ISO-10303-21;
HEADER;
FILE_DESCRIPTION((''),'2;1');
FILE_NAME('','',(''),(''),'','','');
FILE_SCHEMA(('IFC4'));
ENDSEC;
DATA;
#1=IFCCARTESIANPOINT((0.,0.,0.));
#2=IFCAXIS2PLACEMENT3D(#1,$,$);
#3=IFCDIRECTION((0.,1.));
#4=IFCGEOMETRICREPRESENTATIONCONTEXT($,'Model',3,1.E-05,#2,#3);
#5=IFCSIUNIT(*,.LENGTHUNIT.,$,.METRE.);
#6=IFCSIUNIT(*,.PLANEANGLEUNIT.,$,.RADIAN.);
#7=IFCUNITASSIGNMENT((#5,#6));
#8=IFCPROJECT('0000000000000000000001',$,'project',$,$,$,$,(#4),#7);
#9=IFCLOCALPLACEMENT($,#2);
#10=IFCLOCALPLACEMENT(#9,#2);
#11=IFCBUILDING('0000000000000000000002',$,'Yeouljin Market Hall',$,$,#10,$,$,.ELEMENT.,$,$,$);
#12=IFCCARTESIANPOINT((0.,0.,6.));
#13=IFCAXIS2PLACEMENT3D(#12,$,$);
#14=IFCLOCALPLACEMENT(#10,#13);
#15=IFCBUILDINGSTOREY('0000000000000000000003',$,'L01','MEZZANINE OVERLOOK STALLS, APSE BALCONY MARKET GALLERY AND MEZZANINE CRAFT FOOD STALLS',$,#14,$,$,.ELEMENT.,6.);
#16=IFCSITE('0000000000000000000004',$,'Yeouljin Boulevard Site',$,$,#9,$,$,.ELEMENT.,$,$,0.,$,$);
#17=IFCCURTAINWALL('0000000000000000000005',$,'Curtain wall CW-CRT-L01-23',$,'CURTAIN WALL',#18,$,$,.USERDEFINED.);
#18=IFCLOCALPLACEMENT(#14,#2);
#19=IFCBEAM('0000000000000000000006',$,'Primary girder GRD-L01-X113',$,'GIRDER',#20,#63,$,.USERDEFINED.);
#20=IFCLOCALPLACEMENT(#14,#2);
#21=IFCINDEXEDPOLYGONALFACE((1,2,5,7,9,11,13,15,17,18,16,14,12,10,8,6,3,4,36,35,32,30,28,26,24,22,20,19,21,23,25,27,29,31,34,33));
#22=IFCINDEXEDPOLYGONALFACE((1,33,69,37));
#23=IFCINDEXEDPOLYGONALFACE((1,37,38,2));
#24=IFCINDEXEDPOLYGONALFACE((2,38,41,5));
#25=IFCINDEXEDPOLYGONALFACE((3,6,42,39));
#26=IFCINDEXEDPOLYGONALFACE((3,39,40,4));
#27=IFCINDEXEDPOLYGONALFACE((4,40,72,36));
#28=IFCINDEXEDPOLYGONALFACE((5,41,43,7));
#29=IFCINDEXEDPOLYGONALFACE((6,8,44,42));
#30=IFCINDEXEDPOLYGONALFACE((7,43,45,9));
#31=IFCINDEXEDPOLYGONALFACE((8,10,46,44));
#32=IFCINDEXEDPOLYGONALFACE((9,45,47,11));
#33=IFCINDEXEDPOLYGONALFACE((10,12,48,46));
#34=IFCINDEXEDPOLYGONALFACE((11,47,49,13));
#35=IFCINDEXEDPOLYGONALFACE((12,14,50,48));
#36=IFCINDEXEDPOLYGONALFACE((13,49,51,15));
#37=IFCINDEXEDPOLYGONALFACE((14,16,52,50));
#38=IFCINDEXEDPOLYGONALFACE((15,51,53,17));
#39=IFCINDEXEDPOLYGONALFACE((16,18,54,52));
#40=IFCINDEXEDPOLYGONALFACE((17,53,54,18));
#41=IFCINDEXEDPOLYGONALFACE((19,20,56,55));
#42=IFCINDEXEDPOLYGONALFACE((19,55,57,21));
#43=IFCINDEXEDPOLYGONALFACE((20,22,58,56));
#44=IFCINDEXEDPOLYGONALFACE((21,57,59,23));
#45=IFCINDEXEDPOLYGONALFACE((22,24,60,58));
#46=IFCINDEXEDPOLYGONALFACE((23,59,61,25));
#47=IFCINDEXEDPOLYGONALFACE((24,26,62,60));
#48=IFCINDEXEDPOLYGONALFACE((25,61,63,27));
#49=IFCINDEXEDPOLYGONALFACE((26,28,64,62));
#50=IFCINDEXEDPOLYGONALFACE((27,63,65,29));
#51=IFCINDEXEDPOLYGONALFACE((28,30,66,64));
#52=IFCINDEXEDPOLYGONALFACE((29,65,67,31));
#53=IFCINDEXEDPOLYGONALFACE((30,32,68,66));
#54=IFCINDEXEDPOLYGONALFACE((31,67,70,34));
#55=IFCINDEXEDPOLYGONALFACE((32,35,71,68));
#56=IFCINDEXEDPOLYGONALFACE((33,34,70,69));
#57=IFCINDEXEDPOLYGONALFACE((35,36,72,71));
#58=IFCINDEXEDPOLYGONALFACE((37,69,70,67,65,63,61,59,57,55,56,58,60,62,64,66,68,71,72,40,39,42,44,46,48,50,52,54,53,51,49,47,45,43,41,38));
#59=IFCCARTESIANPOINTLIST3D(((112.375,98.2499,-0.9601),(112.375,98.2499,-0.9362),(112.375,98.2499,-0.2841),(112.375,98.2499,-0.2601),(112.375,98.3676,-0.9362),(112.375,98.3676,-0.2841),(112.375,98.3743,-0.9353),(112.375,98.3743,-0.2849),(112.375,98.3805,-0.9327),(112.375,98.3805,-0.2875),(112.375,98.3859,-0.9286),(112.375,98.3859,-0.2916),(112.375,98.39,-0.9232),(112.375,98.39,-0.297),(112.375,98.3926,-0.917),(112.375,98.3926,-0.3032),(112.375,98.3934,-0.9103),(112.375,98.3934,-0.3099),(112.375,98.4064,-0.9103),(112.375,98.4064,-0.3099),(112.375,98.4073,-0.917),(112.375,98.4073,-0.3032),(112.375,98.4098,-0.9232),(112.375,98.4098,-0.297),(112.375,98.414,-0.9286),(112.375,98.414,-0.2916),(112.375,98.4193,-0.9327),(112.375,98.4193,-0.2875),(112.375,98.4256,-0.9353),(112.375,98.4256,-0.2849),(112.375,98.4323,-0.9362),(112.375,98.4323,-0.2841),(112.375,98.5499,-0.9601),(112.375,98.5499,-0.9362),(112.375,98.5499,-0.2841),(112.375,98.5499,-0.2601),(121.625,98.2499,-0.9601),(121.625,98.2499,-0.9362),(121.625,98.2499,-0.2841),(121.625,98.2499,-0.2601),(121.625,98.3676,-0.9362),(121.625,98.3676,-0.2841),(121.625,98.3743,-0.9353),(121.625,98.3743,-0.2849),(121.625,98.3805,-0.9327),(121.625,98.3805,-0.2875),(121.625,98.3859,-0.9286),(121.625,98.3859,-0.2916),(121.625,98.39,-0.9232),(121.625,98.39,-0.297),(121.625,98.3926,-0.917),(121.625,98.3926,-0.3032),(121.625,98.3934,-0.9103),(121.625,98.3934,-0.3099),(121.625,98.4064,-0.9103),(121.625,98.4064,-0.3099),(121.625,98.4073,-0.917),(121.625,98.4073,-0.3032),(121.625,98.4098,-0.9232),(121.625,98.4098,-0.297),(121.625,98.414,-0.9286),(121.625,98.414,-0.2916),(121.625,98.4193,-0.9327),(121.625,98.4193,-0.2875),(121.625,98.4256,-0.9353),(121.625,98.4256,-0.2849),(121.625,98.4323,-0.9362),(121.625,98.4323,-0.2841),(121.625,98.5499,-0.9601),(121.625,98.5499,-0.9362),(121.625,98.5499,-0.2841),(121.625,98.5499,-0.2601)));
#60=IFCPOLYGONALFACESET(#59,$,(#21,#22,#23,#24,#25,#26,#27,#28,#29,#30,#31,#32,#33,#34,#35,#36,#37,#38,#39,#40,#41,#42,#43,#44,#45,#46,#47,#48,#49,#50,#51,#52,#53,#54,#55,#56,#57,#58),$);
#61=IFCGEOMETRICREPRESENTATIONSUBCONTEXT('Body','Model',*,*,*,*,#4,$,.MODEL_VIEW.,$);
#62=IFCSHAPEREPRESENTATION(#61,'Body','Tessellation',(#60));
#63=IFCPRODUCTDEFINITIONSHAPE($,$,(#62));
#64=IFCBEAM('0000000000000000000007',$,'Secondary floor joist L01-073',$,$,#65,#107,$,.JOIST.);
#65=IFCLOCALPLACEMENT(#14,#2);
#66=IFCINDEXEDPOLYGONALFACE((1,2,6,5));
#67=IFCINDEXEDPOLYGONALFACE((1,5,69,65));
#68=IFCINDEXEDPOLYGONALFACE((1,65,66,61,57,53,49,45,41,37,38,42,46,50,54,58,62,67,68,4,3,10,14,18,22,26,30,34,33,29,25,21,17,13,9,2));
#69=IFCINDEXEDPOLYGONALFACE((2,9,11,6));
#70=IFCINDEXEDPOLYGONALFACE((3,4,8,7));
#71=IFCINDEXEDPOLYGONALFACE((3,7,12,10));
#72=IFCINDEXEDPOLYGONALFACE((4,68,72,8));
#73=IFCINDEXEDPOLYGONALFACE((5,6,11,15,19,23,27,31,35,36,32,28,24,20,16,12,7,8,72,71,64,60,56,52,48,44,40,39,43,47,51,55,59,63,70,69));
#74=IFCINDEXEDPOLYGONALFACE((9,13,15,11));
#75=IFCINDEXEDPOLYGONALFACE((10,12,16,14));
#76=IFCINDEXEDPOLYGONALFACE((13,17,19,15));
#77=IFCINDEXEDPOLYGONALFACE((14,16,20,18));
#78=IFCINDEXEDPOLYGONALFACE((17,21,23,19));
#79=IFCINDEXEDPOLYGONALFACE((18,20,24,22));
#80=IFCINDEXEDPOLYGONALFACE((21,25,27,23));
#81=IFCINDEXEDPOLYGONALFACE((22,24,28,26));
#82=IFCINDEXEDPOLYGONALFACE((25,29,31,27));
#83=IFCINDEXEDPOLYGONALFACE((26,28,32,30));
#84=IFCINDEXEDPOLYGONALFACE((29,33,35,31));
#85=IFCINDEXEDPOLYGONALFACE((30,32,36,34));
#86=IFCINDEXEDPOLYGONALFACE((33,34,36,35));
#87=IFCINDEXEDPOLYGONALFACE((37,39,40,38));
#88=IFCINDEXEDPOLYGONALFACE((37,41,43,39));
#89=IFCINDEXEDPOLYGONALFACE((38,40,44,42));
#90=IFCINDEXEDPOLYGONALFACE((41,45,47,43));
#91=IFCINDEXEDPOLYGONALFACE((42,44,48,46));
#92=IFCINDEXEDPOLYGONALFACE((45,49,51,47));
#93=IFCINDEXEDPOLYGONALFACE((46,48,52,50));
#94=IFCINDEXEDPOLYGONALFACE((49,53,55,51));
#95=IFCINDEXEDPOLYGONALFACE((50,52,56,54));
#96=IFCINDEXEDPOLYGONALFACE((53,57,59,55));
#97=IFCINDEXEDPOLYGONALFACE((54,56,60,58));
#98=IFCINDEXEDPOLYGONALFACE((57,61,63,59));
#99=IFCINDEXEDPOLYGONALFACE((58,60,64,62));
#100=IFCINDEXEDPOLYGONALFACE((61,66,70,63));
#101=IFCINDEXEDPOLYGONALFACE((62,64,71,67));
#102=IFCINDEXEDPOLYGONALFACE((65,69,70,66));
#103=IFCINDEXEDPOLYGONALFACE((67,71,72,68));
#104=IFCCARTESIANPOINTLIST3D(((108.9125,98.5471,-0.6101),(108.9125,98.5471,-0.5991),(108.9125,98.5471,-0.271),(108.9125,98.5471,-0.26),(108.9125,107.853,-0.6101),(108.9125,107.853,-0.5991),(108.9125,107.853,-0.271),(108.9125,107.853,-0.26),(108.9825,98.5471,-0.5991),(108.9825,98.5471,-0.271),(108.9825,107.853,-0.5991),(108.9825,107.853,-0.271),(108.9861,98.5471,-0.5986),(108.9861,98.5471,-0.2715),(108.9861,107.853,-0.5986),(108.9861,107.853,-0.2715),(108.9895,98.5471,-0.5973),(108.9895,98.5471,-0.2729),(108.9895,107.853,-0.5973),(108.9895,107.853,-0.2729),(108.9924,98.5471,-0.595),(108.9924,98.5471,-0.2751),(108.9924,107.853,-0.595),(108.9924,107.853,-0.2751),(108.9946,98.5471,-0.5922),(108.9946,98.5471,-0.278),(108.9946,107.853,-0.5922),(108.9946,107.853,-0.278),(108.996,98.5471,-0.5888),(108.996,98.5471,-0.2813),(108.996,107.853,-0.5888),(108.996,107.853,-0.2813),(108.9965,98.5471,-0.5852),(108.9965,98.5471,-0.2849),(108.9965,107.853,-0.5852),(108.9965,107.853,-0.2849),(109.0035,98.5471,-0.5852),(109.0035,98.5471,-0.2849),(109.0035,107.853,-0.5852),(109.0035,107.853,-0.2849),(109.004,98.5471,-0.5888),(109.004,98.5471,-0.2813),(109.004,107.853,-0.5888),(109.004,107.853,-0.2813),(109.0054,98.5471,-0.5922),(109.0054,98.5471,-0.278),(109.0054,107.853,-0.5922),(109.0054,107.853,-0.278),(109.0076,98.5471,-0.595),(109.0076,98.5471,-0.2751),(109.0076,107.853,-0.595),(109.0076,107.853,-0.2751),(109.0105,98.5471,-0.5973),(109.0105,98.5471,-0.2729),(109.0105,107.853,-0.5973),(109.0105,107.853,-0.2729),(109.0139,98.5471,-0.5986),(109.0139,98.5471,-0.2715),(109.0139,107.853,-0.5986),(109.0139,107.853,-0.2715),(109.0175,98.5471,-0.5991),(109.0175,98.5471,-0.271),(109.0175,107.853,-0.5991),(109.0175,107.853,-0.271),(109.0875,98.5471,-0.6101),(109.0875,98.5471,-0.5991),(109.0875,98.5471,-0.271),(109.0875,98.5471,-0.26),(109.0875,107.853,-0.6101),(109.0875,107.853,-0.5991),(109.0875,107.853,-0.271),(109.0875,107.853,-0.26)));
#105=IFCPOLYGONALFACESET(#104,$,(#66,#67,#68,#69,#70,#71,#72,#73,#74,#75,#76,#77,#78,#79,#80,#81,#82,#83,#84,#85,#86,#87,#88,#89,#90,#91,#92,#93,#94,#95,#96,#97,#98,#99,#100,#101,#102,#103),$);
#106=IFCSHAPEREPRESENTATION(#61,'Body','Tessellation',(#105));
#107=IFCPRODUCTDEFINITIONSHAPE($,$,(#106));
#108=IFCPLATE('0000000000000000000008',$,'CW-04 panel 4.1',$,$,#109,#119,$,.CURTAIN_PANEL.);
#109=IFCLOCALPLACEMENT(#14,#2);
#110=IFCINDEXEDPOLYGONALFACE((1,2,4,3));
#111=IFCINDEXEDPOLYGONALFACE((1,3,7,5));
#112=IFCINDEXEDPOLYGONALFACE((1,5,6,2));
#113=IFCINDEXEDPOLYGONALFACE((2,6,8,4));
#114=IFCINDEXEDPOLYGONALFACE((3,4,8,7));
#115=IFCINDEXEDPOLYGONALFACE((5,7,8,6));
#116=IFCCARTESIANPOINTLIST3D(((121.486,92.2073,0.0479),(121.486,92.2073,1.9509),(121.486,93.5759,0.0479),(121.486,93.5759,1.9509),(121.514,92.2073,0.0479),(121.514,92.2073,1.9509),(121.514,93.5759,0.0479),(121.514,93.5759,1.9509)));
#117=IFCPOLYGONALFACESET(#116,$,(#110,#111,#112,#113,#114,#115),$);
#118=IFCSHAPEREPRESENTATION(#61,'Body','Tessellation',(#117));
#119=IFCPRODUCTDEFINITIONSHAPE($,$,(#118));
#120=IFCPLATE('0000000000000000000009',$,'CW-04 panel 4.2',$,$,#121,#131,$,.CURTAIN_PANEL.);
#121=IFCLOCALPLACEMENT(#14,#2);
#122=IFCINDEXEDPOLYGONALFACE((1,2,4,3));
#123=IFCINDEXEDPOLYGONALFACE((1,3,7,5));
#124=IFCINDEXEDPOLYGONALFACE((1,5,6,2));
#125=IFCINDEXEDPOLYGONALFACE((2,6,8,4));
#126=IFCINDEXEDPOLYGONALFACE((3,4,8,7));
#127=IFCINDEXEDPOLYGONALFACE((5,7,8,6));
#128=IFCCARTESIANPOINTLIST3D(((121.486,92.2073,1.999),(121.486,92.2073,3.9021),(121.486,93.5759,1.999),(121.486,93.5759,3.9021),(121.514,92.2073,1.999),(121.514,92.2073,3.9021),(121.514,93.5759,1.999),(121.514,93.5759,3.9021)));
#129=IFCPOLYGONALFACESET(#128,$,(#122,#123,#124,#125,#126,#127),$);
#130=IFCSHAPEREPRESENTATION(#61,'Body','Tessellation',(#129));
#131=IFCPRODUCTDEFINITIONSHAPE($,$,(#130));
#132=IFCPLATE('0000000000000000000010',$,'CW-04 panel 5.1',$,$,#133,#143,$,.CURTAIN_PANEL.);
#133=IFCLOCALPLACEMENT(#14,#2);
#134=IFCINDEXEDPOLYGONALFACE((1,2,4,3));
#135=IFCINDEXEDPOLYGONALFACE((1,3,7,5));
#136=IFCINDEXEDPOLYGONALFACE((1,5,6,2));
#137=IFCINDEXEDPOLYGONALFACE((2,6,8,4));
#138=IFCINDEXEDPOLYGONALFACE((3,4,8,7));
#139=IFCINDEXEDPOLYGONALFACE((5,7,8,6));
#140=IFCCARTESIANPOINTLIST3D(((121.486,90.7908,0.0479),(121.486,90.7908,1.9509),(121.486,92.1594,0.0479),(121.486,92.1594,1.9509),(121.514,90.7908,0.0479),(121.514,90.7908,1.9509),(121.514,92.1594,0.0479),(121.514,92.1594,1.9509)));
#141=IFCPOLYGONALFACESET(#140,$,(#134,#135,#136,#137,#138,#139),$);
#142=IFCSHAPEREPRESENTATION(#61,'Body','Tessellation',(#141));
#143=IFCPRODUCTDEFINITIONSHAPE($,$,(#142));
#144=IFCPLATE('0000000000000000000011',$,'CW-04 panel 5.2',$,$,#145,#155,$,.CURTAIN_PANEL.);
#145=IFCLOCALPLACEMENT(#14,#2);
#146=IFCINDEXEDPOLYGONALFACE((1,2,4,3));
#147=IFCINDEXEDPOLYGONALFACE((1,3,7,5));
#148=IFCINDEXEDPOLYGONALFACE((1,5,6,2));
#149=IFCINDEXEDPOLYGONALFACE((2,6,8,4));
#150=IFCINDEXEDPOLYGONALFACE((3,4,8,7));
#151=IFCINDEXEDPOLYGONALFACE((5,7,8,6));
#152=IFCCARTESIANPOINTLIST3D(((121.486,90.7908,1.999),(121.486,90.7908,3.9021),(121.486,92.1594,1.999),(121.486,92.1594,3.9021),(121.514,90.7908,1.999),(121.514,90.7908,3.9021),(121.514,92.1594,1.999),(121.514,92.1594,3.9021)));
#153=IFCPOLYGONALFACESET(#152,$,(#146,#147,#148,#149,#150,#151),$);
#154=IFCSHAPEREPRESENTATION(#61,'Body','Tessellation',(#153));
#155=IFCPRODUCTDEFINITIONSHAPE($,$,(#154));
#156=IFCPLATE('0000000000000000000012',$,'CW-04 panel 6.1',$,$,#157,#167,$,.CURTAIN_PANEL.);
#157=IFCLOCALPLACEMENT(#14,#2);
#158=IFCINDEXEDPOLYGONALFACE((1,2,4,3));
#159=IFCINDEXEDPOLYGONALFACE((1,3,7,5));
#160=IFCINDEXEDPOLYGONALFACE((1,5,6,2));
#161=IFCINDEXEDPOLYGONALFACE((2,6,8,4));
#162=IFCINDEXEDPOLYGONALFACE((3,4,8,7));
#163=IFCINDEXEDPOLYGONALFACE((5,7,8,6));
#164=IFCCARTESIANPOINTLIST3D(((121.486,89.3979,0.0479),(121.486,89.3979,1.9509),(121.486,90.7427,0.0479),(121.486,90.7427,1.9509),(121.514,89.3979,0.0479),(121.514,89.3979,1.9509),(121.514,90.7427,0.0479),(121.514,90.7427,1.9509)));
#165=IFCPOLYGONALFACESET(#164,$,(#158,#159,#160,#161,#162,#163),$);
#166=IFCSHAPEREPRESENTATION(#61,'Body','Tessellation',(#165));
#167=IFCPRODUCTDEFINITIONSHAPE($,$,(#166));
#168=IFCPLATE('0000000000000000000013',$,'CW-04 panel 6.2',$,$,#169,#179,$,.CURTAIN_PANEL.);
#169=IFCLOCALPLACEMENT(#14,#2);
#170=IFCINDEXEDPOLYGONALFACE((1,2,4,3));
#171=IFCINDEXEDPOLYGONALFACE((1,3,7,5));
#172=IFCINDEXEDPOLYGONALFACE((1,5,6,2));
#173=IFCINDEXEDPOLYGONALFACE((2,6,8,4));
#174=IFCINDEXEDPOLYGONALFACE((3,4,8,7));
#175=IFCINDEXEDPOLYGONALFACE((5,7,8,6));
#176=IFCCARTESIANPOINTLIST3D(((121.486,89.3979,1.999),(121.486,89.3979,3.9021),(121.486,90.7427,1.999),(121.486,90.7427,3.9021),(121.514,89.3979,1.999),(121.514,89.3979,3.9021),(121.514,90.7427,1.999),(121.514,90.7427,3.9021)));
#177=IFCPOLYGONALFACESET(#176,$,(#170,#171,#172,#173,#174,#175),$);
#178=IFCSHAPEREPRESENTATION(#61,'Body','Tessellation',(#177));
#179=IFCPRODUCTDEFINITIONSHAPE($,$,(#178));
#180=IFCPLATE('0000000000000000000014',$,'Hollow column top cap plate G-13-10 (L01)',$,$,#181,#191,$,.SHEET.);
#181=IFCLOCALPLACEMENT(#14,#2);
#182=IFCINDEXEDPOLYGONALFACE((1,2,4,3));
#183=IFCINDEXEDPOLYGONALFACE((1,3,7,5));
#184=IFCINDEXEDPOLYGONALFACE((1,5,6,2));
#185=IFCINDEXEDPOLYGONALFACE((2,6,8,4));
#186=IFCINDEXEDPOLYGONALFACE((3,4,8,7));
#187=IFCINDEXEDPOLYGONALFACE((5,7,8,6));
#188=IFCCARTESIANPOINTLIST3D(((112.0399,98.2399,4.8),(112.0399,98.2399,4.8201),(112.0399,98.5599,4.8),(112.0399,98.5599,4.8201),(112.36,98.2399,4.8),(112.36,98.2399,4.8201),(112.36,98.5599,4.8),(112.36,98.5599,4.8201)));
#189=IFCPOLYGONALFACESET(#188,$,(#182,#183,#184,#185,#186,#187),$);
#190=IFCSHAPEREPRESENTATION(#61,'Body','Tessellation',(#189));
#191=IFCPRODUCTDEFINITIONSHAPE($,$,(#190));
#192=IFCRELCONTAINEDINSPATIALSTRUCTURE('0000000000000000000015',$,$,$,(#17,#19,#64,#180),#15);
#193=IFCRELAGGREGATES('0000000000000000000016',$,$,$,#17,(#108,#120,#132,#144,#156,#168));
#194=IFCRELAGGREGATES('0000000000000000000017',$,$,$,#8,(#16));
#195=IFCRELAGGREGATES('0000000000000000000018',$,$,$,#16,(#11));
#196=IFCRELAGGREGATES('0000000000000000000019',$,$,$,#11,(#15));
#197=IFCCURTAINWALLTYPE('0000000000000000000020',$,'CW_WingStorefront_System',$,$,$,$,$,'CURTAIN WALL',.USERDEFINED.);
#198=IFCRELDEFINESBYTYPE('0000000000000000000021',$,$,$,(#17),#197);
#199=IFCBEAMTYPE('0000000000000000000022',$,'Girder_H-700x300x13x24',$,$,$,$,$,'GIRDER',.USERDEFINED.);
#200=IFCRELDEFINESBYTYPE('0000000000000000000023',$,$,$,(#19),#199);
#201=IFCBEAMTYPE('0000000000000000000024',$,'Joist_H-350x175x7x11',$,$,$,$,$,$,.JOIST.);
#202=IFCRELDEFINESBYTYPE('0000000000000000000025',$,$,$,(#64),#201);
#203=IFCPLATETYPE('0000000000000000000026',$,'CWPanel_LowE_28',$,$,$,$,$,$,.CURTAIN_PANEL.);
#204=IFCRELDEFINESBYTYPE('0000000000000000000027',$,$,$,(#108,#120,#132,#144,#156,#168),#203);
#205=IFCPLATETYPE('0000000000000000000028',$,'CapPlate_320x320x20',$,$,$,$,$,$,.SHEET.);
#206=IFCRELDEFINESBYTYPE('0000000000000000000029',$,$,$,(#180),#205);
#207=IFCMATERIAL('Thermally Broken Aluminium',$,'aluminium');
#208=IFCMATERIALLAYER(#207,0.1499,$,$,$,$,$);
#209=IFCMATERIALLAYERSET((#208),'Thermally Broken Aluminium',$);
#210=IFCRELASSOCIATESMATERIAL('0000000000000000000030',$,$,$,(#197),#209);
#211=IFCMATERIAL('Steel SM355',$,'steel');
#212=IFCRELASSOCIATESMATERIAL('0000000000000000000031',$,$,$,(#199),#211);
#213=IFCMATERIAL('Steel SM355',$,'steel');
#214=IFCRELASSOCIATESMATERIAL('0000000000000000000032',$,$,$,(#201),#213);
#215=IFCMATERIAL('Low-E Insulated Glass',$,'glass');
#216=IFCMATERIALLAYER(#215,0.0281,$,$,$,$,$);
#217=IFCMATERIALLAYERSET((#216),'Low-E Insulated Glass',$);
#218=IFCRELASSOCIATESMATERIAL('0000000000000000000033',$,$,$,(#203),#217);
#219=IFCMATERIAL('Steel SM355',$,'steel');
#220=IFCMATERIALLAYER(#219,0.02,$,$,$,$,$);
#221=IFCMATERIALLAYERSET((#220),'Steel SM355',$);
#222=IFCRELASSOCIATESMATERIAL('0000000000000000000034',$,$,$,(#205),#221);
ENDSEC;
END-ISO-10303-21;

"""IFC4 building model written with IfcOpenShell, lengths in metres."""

from ifc_helpers import new_model, si_unit, direction, frame, origin, origin_2d, place, context, subcontext, project, spatial, rectangle, i_section, extrude, material, layer, layer_set, material_profile, profile_set, type_object, element, aggregate, save


model = new_model("IFC4")

# Units and contexts
model_context = context("Model", 3, precision=1e-05, world=origin(), true_north=direction((0.0, 1.0)))
body_context = subcontext(model_context, "Body", "Model", "MODEL_VIEW")
ifc_project = project(units=[si_unit("LENGTHUNIT", "METRE"), si_unit("PLANEANGLEUNIT", "RADIAN")], contexts=[model_context])

# Site, building, storey
site_placement = place(None, origin())
site = spatial("IfcSite", under=ifc_project, at=site_placement, Name="Yeouljin Boulevard Site", CompositionType="ELEMENT", RefElevation=0.0)
building_placement = place(site_placement, origin())
building = spatial("IfcBuilding", under=site, at=building_placement, Name="Yeouljin Market Hall", CompositionType="ELEMENT")
storey_placement = place(building_placement, frame((0.0, 0.0, 6.0)))
storey = spatial("IfcBuildingStorey", under=building, at=storey_placement, Name="L01", Description="MEZZANINE OVERLOOK STALLS, APSE BALCONY MARKET GALLERY AND MEZZANINE CRAFT FOOD STALLS", CompositionType="ELEMENT", Elevation=6.0)

# Curtain wall
ifc_material_1 = material(Name="Thermally Broken Aluminium", Category="aluminium")
ifc_layer_1 = layer(ifc_material_1, 0.1499)
ifc_layer_set_1 = layer_set([ifc_layer_1], Name="Thermally Broken Aluminium")
curtain_wall_type = type_object("IfcCurtainWallType", Name="CW_WingStorefront_System", ElementType="CURTAIN WALL", PredefinedType="USERDEFINED", material=ifc_layer_set_1)
curtain_wall_placement = place(storey_placement, origin())
curtain_wall = element("IfcCurtainWall", 1, at=curtain_wall_placement, inside=storey, type_object=curtain_wall_type, Name="Curtain wall CW-CRT-L01-23", ObjectType="CURTAIN WALL", PredefinedType="USERDEFINED")

# Beams
ifc_material_2 = material(Name="Steel SM355", Category="steel")
ifc_material_profile_1 = material_profile(ifc_material_2, i_section(OverallWidth=0.3, OverallDepth=0.7, WebThickness=0.0129, FlangeThickness=0.0239, FilletRadius=0.0259, at=origin_2d()), Name="H-700x300x13x24")
ifc_profile_set_1 = profile_set([ifc_material_profile_1], Name="Steel SM355")
beam_type_1 = type_object("IfcBeamType", Name="Girder_H-700x300x13x24", ElementType="GIRDER", PredefinedType="USERDEFINED", material=ifc_profile_set_1)
beam_1_placement = place(storey_placement, frame((112.375, 98.3999, -0.6101), z_axis=(1.0, 0.0, 0.0), x_axis=(0.0, 1.0, 0.0)))
element("IfcBeam", 2, at=beam_1_placement, inside=storey, type_object=beam_type_1, Name="Primary girder GRD-L01-X113", ObjectType="GIRDER", PredefinedType="USERDEFINED", context=body_context, shape_type="SweptSolid", body=[
    extrude(i_section(OverallWidth=0.3, OverallDepth=0.7, WebThickness=0.0129, FlangeThickness=0.0239, FilletRadius=0.0259, at=origin_2d()), origin(), (0.0, 0.0, 1.0), 9.25),
])
ifc_material_3 = material(Name="Steel SM355", Category="steel")
ifc_material_profile_2 = material_profile(ifc_material_3, i_section(OverallWidth=0.175, OverallDepth=0.3501, WebThickness=0.0071, FlangeThickness=0.011, FilletRadius=0.0139, at=origin_2d()), Name="H-350x175x7x11")
ifc_profile_set_2 = profile_set([ifc_material_profile_2], Name="Steel SM355")
beam_type_2 = type_object("IfcBeamType", Name="Joist_H-350x175x7x11", PredefinedType="JOIST", material=ifc_profile_set_2)
beam_2_placement = place(storey_placement, frame((109.0, 98.5471, -0.4351), z_axis=(0.0, 1.0, 0.0), x_axis=(-1.0, 0.0, 0.0)))
element("IfcBeam", 3, at=beam_2_placement, inside=storey, type_object=beam_type_2, Name="Secondary floor joist L01-073", PredefinedType="JOIST", context=body_context, shape_type="SweptSolid", body=[
    extrude(i_section(OverallWidth=0.175, OverallDepth=0.3501, WebThickness=0.0071, FlangeThickness=0.011, FilletRadius=0.0139, at=origin_2d()), origin(), (0.0, 0.0, 1.0), 9.3059),
])

# Plates
ifc_material_4 = material(Name="Low-E Insulated Glass", Category="glass")
ifc_layer_2 = layer(ifc_material_4, 0.0281)
ifc_layer_set_2 = layer_set([ifc_layer_2], Name="Low-E Insulated Glass")
plate_type_1 = type_object("IfcPlateType", Name="CWPanel_LowE_28", PredefinedType="CURTAIN_PANEL", material=ifc_layer_set_2)
plate_1_placement = place(storey_placement, frame((121.5, 92.8916, 0.0479), z_axis=(0.0, 0.0, 1.0), x_axis=(0.0, -1.0, 0.0)))
plate_1 = element("IfcPlate", 4, at=plate_1_placement, type_object=plate_type_1, Name="CW-04 panel 4.1", PredefinedType="CURTAIN_PANEL", context=body_context, shape_type="SweptSolid", body=[
    extrude(rectangle(XDim=1.3687, YDim=0.0281, at=origin_2d()), origin(), (0.0, 0.0, 1.0), 1.9031),
])
plate_2_placement = place(storey_placement, frame((121.5, 92.8916, 1.999), z_axis=(0.0, 0.0, 1.0), x_axis=(0.0, -1.0, 0.0)))
plate_2 = element("IfcPlate", 5, at=plate_2_placement, type_object=plate_type_1, Name="CW-04 panel 4.2", PredefinedType="CURTAIN_PANEL", context=body_context, shape_type="SweptSolid", body=[
    extrude(rectangle(XDim=1.3687, YDim=0.0281, at=origin_2d()), origin(), (0.0, 0.0, 1.0), 1.9031),
])
plate_3_placement = place(storey_placement, frame((121.5, 91.4751, 0.0479), z_axis=(0.0, 0.0, 1.0), x_axis=(0.0, -1.0, 0.0)))
plate_3 = element("IfcPlate", 6, at=plate_3_placement, type_object=plate_type_1, Name="CW-04 panel 5.1", PredefinedType="CURTAIN_PANEL", context=body_context, shape_type="SweptSolid", body=[
    extrude(rectangle(XDim=1.3687, YDim=0.0281, at=origin_2d()), origin(), (0.0, 0.0, 1.0), 1.9031),
])
plate_4_placement = place(storey_placement, frame((121.5, 91.4751, 1.999), z_axis=(0.0, 0.0, 1.0), x_axis=(0.0, -1.0, 0.0)))
plate_4 = element("IfcPlate", 7, at=plate_4_placement, type_object=plate_type_1, Name="CW-04 panel 5.2", PredefinedType="CURTAIN_PANEL", context=body_context, shape_type="SweptSolid", body=[
    extrude(rectangle(XDim=1.3687, YDim=0.0281, at=origin_2d()), origin(), (0.0, 0.0, 1.0), 1.9031),
])
plate_5_placement = place(storey_placement, frame((121.5, 90.0703, 0.0479), z_axis=(0.0, 0.0, 1.0), x_axis=(0.0, -1.0, 0.0)))
plate_5 = element("IfcPlate", 8, at=plate_5_placement, type_object=plate_type_1, Name="CW-04 panel 6.1", PredefinedType="CURTAIN_PANEL", context=body_context, shape_type="SweptSolid", body=[
    extrude(rectangle(XDim=1.3447, YDim=0.0281, at=origin_2d()), origin(), (0.0, 0.0, 1.0), 1.9031),
])
plate_6_placement = place(storey_placement, frame((121.5, 90.0703, 1.999), z_axis=(0.0, 0.0, 1.0), x_axis=(0.0, -1.0, 0.0)))
plate_6 = element("IfcPlate", 9, at=plate_6_placement, type_object=plate_type_1, Name="CW-04 panel 6.2", PredefinedType="CURTAIN_PANEL", context=body_context, shape_type="SweptSolid", body=[
    extrude(rectangle(XDim=1.3447, YDim=0.0281, at=origin_2d()), origin(), (0.0, 0.0, 1.0), 1.9031),
])
aggregate(curtain_wall, [plate_1, plate_2, plate_3, plate_4, plate_5, plate_6])
ifc_material_5 = material(Name="Steel SM355", Category="steel")
ifc_layer_3 = layer(ifc_material_5, 0.02)
ifc_layer_set_3 = layer_set([ifc_layer_3], Name="Steel SM355")
plate_type_2 = type_object("IfcPlateType", Name="CapPlate_320x320x20", PredefinedType="SHEET", material=ifc_layer_set_3)
plate_7_placement = place(storey_placement, frame((112.2, 98.3999, 4.8), z_axis=(0.0, 0.0, 1.0), x_axis=(1.0, 0.0, 0.0)))
element("IfcPlate", 10, at=plate_7_placement, inside=storey, type_object=plate_type_2, Name="Hollow column top cap plate G-13-10 (L01)", PredefinedType="SHEET", context=body_context, shape_type="SweptSolid", body=[
    extrude(rectangle(XDim=0.3201, YDim=0.3201, at=origin_2d()), origin(), (0.0, 0.0, 1.0), 0.02),
])

save(model, "model.ifc")
